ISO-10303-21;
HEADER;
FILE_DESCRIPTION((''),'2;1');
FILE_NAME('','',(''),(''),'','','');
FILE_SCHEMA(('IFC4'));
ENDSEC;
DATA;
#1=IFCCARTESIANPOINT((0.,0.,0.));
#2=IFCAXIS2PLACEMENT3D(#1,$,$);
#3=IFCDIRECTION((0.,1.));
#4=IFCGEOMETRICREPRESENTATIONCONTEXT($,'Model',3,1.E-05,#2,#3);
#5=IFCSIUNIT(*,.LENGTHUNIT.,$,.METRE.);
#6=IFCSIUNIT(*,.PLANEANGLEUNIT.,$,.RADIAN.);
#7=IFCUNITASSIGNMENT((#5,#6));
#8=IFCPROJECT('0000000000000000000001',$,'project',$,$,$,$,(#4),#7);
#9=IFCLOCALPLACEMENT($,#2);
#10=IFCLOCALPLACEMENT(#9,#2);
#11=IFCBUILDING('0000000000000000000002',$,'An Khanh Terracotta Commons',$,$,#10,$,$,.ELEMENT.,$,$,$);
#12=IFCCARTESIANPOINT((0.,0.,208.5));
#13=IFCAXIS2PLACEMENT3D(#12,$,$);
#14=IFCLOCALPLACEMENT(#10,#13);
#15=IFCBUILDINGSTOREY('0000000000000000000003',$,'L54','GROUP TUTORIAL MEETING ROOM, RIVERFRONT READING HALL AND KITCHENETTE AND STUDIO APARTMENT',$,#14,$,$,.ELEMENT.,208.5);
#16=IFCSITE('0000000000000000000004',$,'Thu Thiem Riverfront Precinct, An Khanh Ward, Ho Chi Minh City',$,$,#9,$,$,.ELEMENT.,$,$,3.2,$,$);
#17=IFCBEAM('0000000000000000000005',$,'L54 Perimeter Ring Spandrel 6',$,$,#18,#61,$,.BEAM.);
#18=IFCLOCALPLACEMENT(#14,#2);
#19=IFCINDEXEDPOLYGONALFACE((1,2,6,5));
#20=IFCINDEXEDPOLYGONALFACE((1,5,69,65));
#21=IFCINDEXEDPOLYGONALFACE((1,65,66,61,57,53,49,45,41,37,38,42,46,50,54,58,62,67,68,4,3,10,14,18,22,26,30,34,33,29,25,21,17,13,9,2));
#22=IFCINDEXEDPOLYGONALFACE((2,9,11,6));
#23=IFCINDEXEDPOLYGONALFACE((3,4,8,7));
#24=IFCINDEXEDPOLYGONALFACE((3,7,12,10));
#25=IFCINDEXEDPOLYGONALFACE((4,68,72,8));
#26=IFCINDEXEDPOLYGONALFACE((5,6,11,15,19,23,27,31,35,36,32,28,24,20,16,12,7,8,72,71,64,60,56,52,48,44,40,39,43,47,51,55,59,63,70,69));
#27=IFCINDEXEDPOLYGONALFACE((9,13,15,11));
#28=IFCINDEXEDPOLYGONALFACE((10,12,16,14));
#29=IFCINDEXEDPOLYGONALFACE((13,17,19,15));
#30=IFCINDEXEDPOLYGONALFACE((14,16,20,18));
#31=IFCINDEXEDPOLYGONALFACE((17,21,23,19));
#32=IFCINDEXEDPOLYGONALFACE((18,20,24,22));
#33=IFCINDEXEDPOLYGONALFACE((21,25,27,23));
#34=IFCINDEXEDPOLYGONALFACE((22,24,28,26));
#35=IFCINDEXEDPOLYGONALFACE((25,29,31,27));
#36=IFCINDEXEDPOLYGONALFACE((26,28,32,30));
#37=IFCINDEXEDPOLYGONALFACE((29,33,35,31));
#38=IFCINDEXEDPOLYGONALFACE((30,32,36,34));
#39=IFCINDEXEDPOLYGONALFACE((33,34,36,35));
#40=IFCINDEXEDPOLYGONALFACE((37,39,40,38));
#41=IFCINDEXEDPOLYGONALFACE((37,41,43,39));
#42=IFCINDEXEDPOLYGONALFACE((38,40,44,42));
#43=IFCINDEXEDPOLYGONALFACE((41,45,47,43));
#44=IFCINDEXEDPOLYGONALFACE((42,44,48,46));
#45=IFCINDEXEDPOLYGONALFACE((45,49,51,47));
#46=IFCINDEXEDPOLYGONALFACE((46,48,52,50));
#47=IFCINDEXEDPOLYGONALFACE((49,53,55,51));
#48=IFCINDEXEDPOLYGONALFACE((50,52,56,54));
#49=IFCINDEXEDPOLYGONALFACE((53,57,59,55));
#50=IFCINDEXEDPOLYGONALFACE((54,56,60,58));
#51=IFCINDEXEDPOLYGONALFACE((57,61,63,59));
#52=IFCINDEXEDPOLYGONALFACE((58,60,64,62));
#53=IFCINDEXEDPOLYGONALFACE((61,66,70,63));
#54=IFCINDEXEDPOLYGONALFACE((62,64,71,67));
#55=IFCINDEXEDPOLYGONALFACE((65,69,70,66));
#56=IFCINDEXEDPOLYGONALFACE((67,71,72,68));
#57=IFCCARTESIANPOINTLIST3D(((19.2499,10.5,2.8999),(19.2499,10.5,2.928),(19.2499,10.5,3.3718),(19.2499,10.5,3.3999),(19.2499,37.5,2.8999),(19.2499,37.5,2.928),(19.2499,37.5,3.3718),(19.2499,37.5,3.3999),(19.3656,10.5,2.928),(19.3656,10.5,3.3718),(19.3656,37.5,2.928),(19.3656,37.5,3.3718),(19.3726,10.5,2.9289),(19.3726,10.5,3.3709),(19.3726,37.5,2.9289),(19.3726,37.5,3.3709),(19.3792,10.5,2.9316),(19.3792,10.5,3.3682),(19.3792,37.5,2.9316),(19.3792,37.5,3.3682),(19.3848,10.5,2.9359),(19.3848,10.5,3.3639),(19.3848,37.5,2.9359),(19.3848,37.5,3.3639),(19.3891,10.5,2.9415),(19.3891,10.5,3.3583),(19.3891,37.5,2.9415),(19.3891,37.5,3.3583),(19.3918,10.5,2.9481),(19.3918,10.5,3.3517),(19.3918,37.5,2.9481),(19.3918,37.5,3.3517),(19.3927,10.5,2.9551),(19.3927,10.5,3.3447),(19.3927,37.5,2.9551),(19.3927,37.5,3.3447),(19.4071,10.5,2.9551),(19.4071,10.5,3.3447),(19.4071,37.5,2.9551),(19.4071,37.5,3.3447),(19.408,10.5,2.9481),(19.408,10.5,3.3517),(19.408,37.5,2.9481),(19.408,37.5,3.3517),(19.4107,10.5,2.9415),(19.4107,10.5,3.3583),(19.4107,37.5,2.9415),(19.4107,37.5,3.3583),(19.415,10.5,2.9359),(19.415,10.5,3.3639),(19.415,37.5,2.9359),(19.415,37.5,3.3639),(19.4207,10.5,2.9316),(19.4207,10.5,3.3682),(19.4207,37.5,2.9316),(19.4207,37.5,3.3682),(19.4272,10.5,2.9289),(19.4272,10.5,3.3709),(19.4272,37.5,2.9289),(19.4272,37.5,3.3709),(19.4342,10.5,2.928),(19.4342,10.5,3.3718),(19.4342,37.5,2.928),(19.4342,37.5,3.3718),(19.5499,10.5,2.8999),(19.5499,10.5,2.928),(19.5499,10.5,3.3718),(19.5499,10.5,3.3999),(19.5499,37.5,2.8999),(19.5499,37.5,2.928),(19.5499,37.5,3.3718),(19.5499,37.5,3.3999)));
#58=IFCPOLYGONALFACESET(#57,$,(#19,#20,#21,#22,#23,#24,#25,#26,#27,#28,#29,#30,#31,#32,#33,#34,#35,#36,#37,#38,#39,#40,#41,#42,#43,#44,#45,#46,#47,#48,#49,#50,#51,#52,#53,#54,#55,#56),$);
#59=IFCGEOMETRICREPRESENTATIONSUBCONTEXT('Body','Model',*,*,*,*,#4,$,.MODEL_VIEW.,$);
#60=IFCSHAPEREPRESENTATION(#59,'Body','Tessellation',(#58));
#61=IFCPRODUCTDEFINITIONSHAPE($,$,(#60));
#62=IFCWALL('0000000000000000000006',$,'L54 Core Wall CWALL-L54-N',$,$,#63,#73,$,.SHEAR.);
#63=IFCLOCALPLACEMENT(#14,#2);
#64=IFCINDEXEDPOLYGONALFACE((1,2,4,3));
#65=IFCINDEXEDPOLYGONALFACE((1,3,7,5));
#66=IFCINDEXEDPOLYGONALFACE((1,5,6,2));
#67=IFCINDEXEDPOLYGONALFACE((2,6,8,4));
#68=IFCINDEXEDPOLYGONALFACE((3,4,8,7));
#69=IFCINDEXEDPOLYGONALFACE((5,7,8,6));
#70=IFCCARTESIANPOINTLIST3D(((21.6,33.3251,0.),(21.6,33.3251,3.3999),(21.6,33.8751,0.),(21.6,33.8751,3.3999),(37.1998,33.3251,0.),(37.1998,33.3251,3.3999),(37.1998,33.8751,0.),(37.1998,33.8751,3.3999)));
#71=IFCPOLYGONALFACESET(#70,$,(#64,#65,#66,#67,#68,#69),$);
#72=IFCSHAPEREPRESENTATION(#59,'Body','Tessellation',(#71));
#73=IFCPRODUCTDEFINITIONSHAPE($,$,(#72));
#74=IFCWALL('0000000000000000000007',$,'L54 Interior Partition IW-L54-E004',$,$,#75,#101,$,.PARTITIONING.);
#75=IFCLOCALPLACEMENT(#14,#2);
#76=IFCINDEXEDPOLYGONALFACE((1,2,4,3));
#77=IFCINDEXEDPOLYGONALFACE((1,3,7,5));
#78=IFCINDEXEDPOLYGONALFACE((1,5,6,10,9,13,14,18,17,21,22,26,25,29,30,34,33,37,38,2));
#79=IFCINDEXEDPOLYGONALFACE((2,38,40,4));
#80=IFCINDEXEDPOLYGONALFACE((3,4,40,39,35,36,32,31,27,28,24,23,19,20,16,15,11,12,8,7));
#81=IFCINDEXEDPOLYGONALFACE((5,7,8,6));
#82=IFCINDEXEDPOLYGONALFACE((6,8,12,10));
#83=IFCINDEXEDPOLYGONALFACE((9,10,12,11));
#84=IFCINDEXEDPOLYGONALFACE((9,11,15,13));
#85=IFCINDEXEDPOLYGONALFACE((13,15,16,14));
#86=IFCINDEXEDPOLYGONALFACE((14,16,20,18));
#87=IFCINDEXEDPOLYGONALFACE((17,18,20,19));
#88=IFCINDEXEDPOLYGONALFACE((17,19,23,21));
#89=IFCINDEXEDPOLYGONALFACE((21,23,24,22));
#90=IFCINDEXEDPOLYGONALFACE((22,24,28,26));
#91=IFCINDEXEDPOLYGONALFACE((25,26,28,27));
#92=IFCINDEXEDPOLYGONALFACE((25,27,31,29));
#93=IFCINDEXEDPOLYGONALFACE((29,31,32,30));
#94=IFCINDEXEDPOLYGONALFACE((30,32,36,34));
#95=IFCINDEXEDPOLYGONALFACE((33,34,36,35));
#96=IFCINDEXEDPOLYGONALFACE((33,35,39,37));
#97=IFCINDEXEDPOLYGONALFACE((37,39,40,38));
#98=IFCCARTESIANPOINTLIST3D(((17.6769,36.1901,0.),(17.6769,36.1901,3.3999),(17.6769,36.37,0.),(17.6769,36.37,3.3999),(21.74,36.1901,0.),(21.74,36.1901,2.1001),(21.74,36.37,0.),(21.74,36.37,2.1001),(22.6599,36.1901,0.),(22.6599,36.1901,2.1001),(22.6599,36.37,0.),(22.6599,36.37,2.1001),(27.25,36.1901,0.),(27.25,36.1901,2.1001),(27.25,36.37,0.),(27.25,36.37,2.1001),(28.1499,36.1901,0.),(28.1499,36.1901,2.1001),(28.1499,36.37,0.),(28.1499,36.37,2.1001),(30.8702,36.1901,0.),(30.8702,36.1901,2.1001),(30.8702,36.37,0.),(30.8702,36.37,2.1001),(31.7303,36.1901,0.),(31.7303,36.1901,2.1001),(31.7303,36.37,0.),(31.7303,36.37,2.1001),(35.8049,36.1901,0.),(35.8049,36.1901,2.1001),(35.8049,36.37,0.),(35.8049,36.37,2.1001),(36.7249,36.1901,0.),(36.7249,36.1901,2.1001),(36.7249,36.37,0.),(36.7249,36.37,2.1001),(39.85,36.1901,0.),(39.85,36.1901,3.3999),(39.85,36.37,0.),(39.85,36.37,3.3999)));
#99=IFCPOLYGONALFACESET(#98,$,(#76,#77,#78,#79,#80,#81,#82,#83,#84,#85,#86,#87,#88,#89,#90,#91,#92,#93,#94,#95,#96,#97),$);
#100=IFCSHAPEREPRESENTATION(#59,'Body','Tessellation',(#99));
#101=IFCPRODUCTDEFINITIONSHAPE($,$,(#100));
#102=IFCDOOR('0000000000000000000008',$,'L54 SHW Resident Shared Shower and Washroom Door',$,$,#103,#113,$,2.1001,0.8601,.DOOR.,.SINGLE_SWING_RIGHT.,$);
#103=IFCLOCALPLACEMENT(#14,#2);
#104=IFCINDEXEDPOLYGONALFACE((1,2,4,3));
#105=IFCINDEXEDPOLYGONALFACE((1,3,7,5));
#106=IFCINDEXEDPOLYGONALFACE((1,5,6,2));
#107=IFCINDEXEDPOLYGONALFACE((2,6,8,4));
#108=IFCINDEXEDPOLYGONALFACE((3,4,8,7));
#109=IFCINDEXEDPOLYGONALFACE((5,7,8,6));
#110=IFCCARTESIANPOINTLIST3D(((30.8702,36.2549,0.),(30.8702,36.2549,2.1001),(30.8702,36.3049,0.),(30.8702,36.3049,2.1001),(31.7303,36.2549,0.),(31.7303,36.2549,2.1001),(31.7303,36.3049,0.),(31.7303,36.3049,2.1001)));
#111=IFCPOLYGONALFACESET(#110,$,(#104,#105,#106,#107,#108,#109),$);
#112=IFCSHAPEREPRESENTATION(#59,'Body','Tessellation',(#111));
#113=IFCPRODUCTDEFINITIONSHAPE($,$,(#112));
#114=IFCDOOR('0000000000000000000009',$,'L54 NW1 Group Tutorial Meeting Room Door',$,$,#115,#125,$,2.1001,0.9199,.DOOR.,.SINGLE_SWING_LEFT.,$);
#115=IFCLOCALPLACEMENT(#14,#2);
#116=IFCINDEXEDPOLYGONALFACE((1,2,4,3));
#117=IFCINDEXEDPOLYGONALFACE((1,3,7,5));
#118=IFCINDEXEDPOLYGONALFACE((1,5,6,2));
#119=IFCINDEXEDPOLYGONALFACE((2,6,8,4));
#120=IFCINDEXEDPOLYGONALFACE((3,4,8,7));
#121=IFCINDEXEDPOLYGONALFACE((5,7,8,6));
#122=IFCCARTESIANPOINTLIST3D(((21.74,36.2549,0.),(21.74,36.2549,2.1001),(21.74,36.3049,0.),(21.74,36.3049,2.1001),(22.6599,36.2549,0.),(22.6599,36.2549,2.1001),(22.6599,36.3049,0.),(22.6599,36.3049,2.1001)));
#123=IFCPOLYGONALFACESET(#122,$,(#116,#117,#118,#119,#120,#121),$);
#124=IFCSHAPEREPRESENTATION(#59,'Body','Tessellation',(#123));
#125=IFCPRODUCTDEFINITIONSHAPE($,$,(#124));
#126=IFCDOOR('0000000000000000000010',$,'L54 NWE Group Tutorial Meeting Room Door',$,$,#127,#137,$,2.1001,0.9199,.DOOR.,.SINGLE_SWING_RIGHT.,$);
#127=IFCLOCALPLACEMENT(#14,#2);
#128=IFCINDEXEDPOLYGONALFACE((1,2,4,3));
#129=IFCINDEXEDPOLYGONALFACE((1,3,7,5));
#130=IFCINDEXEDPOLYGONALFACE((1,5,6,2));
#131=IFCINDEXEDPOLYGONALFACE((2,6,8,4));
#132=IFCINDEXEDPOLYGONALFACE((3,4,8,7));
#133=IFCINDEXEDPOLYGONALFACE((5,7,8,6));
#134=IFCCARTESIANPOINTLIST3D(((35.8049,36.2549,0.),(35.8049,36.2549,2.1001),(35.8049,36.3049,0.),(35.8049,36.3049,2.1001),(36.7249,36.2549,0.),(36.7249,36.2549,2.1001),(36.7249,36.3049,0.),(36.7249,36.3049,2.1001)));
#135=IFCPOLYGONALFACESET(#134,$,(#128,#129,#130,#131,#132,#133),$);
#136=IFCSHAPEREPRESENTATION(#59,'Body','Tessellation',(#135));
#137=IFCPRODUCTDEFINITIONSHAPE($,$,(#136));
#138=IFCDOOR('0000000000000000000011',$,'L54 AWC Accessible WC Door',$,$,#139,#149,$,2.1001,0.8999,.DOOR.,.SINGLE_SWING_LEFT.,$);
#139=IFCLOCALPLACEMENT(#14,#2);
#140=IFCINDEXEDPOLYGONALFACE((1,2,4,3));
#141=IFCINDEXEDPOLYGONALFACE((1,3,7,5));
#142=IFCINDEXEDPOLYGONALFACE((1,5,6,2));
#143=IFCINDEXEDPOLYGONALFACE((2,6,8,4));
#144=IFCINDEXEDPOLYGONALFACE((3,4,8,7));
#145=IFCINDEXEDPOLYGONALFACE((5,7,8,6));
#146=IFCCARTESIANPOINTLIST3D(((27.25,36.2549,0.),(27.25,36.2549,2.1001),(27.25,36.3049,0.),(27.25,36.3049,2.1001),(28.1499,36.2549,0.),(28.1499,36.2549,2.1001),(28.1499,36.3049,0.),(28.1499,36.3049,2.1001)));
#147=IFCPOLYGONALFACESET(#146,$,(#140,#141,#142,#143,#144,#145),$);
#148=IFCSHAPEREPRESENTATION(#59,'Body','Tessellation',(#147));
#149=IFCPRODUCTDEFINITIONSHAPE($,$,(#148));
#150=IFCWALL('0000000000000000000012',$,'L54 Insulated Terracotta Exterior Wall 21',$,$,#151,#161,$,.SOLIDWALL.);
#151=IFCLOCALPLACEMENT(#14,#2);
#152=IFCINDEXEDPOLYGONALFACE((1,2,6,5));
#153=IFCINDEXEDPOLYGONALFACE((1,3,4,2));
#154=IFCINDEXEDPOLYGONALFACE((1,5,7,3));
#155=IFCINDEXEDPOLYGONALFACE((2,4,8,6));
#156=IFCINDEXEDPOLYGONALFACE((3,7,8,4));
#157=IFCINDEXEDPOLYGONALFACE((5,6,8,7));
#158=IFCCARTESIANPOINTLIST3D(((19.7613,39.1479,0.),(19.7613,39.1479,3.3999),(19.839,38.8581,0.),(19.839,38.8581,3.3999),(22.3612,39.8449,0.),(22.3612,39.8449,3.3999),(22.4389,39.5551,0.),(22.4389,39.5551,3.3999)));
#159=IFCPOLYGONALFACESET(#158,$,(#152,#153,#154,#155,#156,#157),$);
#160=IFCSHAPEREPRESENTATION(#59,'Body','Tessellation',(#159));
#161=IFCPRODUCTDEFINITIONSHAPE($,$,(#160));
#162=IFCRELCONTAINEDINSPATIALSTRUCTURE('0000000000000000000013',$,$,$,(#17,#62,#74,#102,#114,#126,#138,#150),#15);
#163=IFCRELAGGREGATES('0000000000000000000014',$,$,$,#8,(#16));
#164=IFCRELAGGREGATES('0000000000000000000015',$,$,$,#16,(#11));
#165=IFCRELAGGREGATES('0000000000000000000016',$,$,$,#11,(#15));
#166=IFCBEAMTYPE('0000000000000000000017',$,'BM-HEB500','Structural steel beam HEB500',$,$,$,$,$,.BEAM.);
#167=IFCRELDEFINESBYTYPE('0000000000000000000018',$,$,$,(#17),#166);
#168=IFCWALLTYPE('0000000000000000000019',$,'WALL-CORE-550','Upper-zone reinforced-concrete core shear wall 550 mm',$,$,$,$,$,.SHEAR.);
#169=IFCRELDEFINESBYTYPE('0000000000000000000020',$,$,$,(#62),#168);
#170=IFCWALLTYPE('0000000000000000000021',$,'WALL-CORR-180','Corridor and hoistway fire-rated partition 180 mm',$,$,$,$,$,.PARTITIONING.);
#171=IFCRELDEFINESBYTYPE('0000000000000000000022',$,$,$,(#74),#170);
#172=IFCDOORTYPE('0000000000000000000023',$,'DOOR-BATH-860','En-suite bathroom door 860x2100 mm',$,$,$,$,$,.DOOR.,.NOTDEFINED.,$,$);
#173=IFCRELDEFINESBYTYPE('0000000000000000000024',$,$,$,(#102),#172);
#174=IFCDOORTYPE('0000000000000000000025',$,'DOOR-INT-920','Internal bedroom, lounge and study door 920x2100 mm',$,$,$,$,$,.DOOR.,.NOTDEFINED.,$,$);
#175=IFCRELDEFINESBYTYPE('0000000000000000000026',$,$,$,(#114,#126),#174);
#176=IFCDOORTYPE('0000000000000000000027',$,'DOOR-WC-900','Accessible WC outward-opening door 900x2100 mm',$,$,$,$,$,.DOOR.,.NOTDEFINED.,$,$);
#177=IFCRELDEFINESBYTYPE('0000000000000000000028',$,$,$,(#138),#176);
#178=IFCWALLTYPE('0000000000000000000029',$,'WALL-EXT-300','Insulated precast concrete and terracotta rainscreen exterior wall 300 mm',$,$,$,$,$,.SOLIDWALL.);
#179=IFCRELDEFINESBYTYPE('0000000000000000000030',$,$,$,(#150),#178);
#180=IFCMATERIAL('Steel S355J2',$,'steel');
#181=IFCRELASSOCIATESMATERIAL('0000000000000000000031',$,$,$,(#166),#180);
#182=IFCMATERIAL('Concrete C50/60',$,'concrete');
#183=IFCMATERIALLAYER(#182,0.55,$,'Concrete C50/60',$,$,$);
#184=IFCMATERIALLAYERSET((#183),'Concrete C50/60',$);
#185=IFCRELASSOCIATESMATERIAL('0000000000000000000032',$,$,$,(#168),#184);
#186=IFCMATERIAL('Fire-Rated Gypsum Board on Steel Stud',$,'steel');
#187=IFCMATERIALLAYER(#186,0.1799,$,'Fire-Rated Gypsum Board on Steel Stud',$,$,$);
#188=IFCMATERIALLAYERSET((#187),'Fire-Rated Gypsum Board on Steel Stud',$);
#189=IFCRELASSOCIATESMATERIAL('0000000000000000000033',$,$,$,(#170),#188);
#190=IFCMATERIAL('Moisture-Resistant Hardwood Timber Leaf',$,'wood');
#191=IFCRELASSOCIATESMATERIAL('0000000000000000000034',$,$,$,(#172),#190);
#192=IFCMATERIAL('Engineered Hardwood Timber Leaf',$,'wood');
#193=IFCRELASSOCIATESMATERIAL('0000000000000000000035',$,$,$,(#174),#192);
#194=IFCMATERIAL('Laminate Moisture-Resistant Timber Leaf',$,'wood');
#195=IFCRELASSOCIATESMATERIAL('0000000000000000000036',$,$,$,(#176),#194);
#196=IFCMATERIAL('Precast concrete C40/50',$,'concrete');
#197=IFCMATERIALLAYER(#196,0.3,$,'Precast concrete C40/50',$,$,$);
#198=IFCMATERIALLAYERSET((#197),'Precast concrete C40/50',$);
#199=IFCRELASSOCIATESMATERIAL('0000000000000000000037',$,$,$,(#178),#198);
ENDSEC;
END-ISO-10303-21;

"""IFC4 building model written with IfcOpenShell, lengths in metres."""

from ifc_helpers import new_model, si_unit, direction, frame, frame_2d, origin, origin_2d, place, context, subcontext, project, spatial, rectangle, i_section, extrude, material, layer, layer_set, material_profile, profile_set, type_object, element, fill, save


model = new_model("IFC4")

# Units and contexts
model_context = context("Model", 3, precision=1e-05, world=origin(), true_north=direction((0.0, 1.0)))
body_context = subcontext(model_context, "Body", "Model", "MODEL_VIEW")
ifc_project = project(units=[si_unit("LENGTHUNIT", "METRE"), si_unit("PLANEANGLEUNIT", "RADIAN")], contexts=[model_context])

# Site, building, storey
site_placement = place(None, origin())
site = spatial("IfcSite", under=ifc_project, at=site_placement, Name="Thu Thiem Riverfront Precinct, An Khanh Ward, Ho Chi Minh City", CompositionType="ELEMENT", RefElevation=3.2)
building_placement = place(site_placement, origin())
building = spatial("IfcBuilding", under=site, at=building_placement, Name="An Khanh Terracotta Commons", CompositionType="ELEMENT")
storey_placement = place(building_placement, frame((0.0, 0.0, 208.5)))
storey = spatial("IfcBuildingStorey", under=building, at=storey_placement, Name="L54", Description="GROUP TUTORIAL MEETING ROOM, RIVERFRONT READING HALL AND KITCHENETTE AND STUDIO APARTMENT", CompositionType="ELEMENT", Elevation=208.5)

# Beam
ifc_material_1 = material(Name="Steel S355J2", Category="steel")
ifc_material_profile_1 = material_profile(ifc_material_1, i_section(OverallWidth=0.3, OverallDepth=0.5, WebThickness=0.0144, FlangeThickness=0.0281, FilletRadius=0.0271, at=origin_2d()), Name="HEB500")
ifc_profile_set_1 = profile_set([ifc_material_profile_1], Name="Steel S355J2")
beam_type_1 = type_object("IfcBeamType", Name="BM-HEB500", Description="Structural steel beam HEB500", PredefinedType="BEAM", material=ifc_profile_set_1)
beam_1_placement = place(storey_placement, frame((19.3999, 37.5, 3.1499), z_axis=(0.0, -1.0, 0.0), x_axis=(1.0, 0.0, 0.0)))
element("IfcBeam", 1, at=beam_1_placement, inside=storey, type_object=beam_type_1, Name="L54 Perimeter Ring Spandrel 6", PredefinedType="BEAM", context=body_context, shape_type="SweptSolid", body=[
    extrude(i_section(OverallWidth=0.3, OverallDepth=0.5, WebThickness=0.0144, FlangeThickness=0.0281, FilletRadius=0.0271, at=origin_2d()), origin(), (0.0, 0.0, 1.0), 27.0),
])

# Wall
ifc_material_2 = material(Name="Concrete C50/60", Category="concrete")
ifc_layer_1 = layer(ifc_material_2, 0.55, Name="Concrete C50/60")
ifc_layer_set_1 = layer_set([ifc_layer_1], Name="Concrete C50/60")
wall_type_1 = type_object("IfcWallType", Name="WALL-CORE-550", Description="Upper-zone reinforced-concrete core shear wall 550 mm", PredefinedType="SHEAR", material=ifc_layer_set_1)
wall_1_placement = place(storey_placement, frame((21.6001, 33.6001, 0.0), z_axis=(0.0, 0.0, 1.0), x_axis=(1.0, 0.0, 0.0)))
element("IfcWall", 2, at=wall_1_placement, inside=storey, type_object=wall_type_1, Name="L54 Core Wall CWALL-L54-N", PredefinedType="SHEAR", context=body_context, shape_type="SweptSolid", body=[
    extrude(rectangle(XDim=15.5999, YDim=0.55, at=frame_2d((7.7998, 0.0))), origin(), (0.0, 0.0, 1.0), 3.3999),
])

# Wall, openings, doors
ifc_material_3 = material(Name="Fire-Rated Gypsum Board on Steel Stud", Category="steel")
ifc_layer_2 = layer(ifc_material_3, 0.1799, Name="Fire-Rated Gypsum Board on Steel Stud")
ifc_layer_set_2 = layer_set([ifc_layer_2], Name="Fire-Rated Gypsum Board on Steel Stud")
wall_type_2 = type_object("IfcWallType", Name="WALL-CORR-180", Description="Corridor and hoistway fire-rated partition 180 mm", PredefinedType="PARTITIONING", material=ifc_layer_set_2)
wall_2_placement = place(storey_placement, frame((17.677, 36.28, 0.0), z_axis=(0.0, 0.0, 1.0), x_axis=(1.0, 0.0, 0.0)))
wall_2 = element("IfcWall", 3, at=wall_2_placement, inside=storey, type_object=wall_type_2, Name="L54 Interior Partition IW-L54-E004", PredefinedType="PARTITIONING", context=body_context, shape_type="SweptSolid", body=[
    extrude(rectangle(XDim=22.1731, YDim=0.1799, at=frame_2d((11.0864, 0.0))), origin(), (0.0, 0.0, 1.0), 3.3999),
])
opening_1_placement = place(wall_2_placement, frame((9.573, 0.0, 0.0)))
opening_1 = element("IfcOpeningElement", 4, at=opening_1_placement, cuts=wall_2, PredefinedType="OPENING", context=body_context, shape_type="SweptSolid", body=[
    extrude(rectangle(XDim=0.8999, YDim=2.1001, at=frame_2d((0.45, 1.05))), frame((0.0, 0.0999, 0.0), z_axis=(0.0, -1.0, 0.0), x_axis=(1.0, 0.0, 0.0)), (0.0, 0.0, 1.0), 0.2),
])
opening_2_placement = place(wall_2_placement, frame((13.1931, 0.0, 0.0)))
opening_2 = element("IfcOpeningElement", 5, at=opening_2_placement, cuts=wall_2, PredefinedType="OPENING", context=body_context, shape_type="SweptSolid", body=[
    extrude(rectangle(XDim=0.8601, YDim=2.1001, at=frame_2d((0.4302, 1.05))), frame((0.0, 0.0999, 0.0), z_axis=(0.0, -1.0, 0.0), x_axis=(1.0, 0.0, 0.0)), (0.0, 0.0, 1.0), 0.2),
])
opening_3_placement = place(wall_2_placement, frame((4.063, 0.0, 0.0)))
opening_3 = element("IfcOpeningElement", 6, at=opening_3_placement, cuts=wall_2, PredefinedType="OPENING", context=body_context, shape_type="SweptSolid", body=[
    extrude(rectangle(XDim=0.9199, YDim=2.1001, at=frame_2d((0.46, 1.05))), frame((0.0, 0.0999, 0.0), z_axis=(0.0, -1.0, 0.0), x_axis=(1.0, 0.0, 0.0)), (0.0, 0.0, 1.0), 0.2),
])
opening_4_placement = place(wall_2_placement, frame((18.1279, 0.0, 0.0)))
opening_4 = element("IfcOpeningElement", 7, at=opening_4_placement, cuts=wall_2, PredefinedType="OPENING", context=body_context, shape_type="SweptSolid", body=[
    extrude(rectangle(XDim=0.9199, YDim=2.1001, at=frame_2d((0.46, 1.05))), frame((0.0, 0.0999, 0.0), z_axis=(0.0, -1.0, 0.0), x_axis=(1.0, 0.0, 0.0)), (0.0, 0.0, 1.0), 0.2),
])
ifc_material_4 = material(Name="Moisture-Resistant Hardwood Timber Leaf", Category="wood")
door_type_1 = type_object("IfcDoorType", Name="DOOR-BATH-860", Description="En-suite bathroom door 860x2100 mm", OperationType="NOTDEFINED", PredefinedType="DOOR", material=ifc_material_4)
door_1_placement = place(opening_2_placement, origin())
door_1 = element("IfcDoor", 8, at=door_1_placement, inside=storey, type_object=door_type_1, Name="L54 SHW Resident Shared Shower and Washroom Door", OperationType="SINGLE_SWING_RIGHT", OverallHeight=2.1001, OverallWidth=0.8601, PredefinedType="DOOR", context=body_context, shape_type="SweptSolid", body=[
    extrude(rectangle(XDim=0.8601, YDim=2.1001, at=frame_2d((0.4302, 1.05))), frame((0.0, 0.0249, 0.0), z_axis=(0.0, -1.0, 0.0), x_axis=(1.0, 0.0, 0.0)), (0.0, 0.0, 1.0), 0.05),
])
fill(opening_2, door_1)
ifc_material_5 = material(Name="Engineered Hardwood Timber Leaf", Category="wood")
door_type_2 = type_object("IfcDoorType", Name="DOOR-INT-920", Description="Internal bedroom, lounge and study door 920x2100 mm", OperationType="NOTDEFINED", PredefinedType="DOOR", material=ifc_material_5)
door_2_placement = place(opening_3_placement, origin())
door_2 = element("IfcDoor", 9, at=door_2_placement, inside=storey, type_object=door_type_2, Name="L54 NW1 Group Tutorial Meeting Room Door", OperationType="SINGLE_SWING_LEFT", OverallHeight=2.1001, OverallWidth=0.9199, PredefinedType="DOOR", context=body_context, shape_type="SweptSolid", body=[
    extrude(rectangle(XDim=0.9199, YDim=2.1001, at=frame_2d((0.46, 1.05))), frame((0.0, 0.0249, 0.0), z_axis=(0.0, -1.0, 0.0), x_axis=(1.0, 0.0, 0.0)), (0.0, 0.0, 1.0), 0.05),
])
fill(opening_3, door_2)
door_3_placement = place(opening_4_placement, origin())
door_3 = element("IfcDoor", 10, at=door_3_placement, inside=storey, type_object=door_type_2, Name="L54 NWE Group Tutorial Meeting Room Door", OperationType="SINGLE_SWING_RIGHT", OverallHeight=2.1001, OverallWidth=0.9199, PredefinedType="DOOR", context=body_context, shape_type="SweptSolid", body=[
    extrude(rectangle(XDim=0.9199, YDim=2.1001, at=frame_2d((0.46, 1.05))), frame((0.0, 0.0249, 0.0), z_axis=(0.0, -1.0, 0.0), x_axis=(1.0, 0.0, 0.0)), (0.0, 0.0, 1.0), 0.05),
])
fill(opening_4, door_3)
ifc_material_6 = material(Name="Laminate Moisture-Resistant Timber Leaf", Category="wood")
door_type_3 = type_object("IfcDoorType", Name="DOOR-WC-900", Description="Accessible WC outward-opening door 900x2100 mm", OperationType="NOTDEFINED", PredefinedType="DOOR", material=ifc_material_6)
door_4_placement = place(opening_1_placement, origin())
door_4 = element("IfcDoor", 11, at=door_4_placement, inside=storey, type_object=door_type_3, Name="L54 AWC Accessible WC Door", OperationType="SINGLE_SWING_LEFT", OverallHeight=2.1001, OverallWidth=0.8999, PredefinedType="DOOR", context=body_context, shape_type="SweptSolid", body=[
    extrude(rectangle(XDim=0.8999, YDim=2.1001, at=frame_2d((0.45, 1.05))), frame((0.0, 0.0249, 0.0), z_axis=(0.0, -1.0, 0.0), x_axis=(1.0, 0.0, 0.0)), (0.0, 0.0, 1.0), 0.05),
])
fill(opening_1, door_4)

# Wall
ifc_material_7 = material(Name="Precast concrete C40/50", Category="concrete")
ifc_layer_3 = layer(ifc_material_7, 0.3, Name="Precast concrete C40/50")
ifc_layer_set_3 = layer_set([ifc_layer_3], Name="Precast concrete C40/50")
wall_type_3 = type_object("IfcWallType", Name="WALL-EXT-300", Description="Insulated precast concrete and terracotta rainscreen exterior wall 300 mm", PredefinedType="SOLIDWALL", material=ifc_layer_set_3)
wall_3_placement = place(storey_placement, frame((22.3999, 39.7, 0.0), z_axis=(0.0, 0.0, 1.0), x_axis=(-0.965889, -0.258955, 0.0)))
element("IfcWall", 12, at=wall_3_placement, inside=storey, type_object=wall_type_3, Name="L54 Insulated Terracotta Exterior Wall 21", PredefinedType="SOLIDWALL", context=body_context, shape_type="SweptSolid", body=[
    extrude(rectangle(XDim=2.6917, YDim=0.3, at=frame_2d((1.3457, 0.0))), origin(), (0.0, 0.0, 1.0), 3.3999),
])

save(model, "model.ifc")
